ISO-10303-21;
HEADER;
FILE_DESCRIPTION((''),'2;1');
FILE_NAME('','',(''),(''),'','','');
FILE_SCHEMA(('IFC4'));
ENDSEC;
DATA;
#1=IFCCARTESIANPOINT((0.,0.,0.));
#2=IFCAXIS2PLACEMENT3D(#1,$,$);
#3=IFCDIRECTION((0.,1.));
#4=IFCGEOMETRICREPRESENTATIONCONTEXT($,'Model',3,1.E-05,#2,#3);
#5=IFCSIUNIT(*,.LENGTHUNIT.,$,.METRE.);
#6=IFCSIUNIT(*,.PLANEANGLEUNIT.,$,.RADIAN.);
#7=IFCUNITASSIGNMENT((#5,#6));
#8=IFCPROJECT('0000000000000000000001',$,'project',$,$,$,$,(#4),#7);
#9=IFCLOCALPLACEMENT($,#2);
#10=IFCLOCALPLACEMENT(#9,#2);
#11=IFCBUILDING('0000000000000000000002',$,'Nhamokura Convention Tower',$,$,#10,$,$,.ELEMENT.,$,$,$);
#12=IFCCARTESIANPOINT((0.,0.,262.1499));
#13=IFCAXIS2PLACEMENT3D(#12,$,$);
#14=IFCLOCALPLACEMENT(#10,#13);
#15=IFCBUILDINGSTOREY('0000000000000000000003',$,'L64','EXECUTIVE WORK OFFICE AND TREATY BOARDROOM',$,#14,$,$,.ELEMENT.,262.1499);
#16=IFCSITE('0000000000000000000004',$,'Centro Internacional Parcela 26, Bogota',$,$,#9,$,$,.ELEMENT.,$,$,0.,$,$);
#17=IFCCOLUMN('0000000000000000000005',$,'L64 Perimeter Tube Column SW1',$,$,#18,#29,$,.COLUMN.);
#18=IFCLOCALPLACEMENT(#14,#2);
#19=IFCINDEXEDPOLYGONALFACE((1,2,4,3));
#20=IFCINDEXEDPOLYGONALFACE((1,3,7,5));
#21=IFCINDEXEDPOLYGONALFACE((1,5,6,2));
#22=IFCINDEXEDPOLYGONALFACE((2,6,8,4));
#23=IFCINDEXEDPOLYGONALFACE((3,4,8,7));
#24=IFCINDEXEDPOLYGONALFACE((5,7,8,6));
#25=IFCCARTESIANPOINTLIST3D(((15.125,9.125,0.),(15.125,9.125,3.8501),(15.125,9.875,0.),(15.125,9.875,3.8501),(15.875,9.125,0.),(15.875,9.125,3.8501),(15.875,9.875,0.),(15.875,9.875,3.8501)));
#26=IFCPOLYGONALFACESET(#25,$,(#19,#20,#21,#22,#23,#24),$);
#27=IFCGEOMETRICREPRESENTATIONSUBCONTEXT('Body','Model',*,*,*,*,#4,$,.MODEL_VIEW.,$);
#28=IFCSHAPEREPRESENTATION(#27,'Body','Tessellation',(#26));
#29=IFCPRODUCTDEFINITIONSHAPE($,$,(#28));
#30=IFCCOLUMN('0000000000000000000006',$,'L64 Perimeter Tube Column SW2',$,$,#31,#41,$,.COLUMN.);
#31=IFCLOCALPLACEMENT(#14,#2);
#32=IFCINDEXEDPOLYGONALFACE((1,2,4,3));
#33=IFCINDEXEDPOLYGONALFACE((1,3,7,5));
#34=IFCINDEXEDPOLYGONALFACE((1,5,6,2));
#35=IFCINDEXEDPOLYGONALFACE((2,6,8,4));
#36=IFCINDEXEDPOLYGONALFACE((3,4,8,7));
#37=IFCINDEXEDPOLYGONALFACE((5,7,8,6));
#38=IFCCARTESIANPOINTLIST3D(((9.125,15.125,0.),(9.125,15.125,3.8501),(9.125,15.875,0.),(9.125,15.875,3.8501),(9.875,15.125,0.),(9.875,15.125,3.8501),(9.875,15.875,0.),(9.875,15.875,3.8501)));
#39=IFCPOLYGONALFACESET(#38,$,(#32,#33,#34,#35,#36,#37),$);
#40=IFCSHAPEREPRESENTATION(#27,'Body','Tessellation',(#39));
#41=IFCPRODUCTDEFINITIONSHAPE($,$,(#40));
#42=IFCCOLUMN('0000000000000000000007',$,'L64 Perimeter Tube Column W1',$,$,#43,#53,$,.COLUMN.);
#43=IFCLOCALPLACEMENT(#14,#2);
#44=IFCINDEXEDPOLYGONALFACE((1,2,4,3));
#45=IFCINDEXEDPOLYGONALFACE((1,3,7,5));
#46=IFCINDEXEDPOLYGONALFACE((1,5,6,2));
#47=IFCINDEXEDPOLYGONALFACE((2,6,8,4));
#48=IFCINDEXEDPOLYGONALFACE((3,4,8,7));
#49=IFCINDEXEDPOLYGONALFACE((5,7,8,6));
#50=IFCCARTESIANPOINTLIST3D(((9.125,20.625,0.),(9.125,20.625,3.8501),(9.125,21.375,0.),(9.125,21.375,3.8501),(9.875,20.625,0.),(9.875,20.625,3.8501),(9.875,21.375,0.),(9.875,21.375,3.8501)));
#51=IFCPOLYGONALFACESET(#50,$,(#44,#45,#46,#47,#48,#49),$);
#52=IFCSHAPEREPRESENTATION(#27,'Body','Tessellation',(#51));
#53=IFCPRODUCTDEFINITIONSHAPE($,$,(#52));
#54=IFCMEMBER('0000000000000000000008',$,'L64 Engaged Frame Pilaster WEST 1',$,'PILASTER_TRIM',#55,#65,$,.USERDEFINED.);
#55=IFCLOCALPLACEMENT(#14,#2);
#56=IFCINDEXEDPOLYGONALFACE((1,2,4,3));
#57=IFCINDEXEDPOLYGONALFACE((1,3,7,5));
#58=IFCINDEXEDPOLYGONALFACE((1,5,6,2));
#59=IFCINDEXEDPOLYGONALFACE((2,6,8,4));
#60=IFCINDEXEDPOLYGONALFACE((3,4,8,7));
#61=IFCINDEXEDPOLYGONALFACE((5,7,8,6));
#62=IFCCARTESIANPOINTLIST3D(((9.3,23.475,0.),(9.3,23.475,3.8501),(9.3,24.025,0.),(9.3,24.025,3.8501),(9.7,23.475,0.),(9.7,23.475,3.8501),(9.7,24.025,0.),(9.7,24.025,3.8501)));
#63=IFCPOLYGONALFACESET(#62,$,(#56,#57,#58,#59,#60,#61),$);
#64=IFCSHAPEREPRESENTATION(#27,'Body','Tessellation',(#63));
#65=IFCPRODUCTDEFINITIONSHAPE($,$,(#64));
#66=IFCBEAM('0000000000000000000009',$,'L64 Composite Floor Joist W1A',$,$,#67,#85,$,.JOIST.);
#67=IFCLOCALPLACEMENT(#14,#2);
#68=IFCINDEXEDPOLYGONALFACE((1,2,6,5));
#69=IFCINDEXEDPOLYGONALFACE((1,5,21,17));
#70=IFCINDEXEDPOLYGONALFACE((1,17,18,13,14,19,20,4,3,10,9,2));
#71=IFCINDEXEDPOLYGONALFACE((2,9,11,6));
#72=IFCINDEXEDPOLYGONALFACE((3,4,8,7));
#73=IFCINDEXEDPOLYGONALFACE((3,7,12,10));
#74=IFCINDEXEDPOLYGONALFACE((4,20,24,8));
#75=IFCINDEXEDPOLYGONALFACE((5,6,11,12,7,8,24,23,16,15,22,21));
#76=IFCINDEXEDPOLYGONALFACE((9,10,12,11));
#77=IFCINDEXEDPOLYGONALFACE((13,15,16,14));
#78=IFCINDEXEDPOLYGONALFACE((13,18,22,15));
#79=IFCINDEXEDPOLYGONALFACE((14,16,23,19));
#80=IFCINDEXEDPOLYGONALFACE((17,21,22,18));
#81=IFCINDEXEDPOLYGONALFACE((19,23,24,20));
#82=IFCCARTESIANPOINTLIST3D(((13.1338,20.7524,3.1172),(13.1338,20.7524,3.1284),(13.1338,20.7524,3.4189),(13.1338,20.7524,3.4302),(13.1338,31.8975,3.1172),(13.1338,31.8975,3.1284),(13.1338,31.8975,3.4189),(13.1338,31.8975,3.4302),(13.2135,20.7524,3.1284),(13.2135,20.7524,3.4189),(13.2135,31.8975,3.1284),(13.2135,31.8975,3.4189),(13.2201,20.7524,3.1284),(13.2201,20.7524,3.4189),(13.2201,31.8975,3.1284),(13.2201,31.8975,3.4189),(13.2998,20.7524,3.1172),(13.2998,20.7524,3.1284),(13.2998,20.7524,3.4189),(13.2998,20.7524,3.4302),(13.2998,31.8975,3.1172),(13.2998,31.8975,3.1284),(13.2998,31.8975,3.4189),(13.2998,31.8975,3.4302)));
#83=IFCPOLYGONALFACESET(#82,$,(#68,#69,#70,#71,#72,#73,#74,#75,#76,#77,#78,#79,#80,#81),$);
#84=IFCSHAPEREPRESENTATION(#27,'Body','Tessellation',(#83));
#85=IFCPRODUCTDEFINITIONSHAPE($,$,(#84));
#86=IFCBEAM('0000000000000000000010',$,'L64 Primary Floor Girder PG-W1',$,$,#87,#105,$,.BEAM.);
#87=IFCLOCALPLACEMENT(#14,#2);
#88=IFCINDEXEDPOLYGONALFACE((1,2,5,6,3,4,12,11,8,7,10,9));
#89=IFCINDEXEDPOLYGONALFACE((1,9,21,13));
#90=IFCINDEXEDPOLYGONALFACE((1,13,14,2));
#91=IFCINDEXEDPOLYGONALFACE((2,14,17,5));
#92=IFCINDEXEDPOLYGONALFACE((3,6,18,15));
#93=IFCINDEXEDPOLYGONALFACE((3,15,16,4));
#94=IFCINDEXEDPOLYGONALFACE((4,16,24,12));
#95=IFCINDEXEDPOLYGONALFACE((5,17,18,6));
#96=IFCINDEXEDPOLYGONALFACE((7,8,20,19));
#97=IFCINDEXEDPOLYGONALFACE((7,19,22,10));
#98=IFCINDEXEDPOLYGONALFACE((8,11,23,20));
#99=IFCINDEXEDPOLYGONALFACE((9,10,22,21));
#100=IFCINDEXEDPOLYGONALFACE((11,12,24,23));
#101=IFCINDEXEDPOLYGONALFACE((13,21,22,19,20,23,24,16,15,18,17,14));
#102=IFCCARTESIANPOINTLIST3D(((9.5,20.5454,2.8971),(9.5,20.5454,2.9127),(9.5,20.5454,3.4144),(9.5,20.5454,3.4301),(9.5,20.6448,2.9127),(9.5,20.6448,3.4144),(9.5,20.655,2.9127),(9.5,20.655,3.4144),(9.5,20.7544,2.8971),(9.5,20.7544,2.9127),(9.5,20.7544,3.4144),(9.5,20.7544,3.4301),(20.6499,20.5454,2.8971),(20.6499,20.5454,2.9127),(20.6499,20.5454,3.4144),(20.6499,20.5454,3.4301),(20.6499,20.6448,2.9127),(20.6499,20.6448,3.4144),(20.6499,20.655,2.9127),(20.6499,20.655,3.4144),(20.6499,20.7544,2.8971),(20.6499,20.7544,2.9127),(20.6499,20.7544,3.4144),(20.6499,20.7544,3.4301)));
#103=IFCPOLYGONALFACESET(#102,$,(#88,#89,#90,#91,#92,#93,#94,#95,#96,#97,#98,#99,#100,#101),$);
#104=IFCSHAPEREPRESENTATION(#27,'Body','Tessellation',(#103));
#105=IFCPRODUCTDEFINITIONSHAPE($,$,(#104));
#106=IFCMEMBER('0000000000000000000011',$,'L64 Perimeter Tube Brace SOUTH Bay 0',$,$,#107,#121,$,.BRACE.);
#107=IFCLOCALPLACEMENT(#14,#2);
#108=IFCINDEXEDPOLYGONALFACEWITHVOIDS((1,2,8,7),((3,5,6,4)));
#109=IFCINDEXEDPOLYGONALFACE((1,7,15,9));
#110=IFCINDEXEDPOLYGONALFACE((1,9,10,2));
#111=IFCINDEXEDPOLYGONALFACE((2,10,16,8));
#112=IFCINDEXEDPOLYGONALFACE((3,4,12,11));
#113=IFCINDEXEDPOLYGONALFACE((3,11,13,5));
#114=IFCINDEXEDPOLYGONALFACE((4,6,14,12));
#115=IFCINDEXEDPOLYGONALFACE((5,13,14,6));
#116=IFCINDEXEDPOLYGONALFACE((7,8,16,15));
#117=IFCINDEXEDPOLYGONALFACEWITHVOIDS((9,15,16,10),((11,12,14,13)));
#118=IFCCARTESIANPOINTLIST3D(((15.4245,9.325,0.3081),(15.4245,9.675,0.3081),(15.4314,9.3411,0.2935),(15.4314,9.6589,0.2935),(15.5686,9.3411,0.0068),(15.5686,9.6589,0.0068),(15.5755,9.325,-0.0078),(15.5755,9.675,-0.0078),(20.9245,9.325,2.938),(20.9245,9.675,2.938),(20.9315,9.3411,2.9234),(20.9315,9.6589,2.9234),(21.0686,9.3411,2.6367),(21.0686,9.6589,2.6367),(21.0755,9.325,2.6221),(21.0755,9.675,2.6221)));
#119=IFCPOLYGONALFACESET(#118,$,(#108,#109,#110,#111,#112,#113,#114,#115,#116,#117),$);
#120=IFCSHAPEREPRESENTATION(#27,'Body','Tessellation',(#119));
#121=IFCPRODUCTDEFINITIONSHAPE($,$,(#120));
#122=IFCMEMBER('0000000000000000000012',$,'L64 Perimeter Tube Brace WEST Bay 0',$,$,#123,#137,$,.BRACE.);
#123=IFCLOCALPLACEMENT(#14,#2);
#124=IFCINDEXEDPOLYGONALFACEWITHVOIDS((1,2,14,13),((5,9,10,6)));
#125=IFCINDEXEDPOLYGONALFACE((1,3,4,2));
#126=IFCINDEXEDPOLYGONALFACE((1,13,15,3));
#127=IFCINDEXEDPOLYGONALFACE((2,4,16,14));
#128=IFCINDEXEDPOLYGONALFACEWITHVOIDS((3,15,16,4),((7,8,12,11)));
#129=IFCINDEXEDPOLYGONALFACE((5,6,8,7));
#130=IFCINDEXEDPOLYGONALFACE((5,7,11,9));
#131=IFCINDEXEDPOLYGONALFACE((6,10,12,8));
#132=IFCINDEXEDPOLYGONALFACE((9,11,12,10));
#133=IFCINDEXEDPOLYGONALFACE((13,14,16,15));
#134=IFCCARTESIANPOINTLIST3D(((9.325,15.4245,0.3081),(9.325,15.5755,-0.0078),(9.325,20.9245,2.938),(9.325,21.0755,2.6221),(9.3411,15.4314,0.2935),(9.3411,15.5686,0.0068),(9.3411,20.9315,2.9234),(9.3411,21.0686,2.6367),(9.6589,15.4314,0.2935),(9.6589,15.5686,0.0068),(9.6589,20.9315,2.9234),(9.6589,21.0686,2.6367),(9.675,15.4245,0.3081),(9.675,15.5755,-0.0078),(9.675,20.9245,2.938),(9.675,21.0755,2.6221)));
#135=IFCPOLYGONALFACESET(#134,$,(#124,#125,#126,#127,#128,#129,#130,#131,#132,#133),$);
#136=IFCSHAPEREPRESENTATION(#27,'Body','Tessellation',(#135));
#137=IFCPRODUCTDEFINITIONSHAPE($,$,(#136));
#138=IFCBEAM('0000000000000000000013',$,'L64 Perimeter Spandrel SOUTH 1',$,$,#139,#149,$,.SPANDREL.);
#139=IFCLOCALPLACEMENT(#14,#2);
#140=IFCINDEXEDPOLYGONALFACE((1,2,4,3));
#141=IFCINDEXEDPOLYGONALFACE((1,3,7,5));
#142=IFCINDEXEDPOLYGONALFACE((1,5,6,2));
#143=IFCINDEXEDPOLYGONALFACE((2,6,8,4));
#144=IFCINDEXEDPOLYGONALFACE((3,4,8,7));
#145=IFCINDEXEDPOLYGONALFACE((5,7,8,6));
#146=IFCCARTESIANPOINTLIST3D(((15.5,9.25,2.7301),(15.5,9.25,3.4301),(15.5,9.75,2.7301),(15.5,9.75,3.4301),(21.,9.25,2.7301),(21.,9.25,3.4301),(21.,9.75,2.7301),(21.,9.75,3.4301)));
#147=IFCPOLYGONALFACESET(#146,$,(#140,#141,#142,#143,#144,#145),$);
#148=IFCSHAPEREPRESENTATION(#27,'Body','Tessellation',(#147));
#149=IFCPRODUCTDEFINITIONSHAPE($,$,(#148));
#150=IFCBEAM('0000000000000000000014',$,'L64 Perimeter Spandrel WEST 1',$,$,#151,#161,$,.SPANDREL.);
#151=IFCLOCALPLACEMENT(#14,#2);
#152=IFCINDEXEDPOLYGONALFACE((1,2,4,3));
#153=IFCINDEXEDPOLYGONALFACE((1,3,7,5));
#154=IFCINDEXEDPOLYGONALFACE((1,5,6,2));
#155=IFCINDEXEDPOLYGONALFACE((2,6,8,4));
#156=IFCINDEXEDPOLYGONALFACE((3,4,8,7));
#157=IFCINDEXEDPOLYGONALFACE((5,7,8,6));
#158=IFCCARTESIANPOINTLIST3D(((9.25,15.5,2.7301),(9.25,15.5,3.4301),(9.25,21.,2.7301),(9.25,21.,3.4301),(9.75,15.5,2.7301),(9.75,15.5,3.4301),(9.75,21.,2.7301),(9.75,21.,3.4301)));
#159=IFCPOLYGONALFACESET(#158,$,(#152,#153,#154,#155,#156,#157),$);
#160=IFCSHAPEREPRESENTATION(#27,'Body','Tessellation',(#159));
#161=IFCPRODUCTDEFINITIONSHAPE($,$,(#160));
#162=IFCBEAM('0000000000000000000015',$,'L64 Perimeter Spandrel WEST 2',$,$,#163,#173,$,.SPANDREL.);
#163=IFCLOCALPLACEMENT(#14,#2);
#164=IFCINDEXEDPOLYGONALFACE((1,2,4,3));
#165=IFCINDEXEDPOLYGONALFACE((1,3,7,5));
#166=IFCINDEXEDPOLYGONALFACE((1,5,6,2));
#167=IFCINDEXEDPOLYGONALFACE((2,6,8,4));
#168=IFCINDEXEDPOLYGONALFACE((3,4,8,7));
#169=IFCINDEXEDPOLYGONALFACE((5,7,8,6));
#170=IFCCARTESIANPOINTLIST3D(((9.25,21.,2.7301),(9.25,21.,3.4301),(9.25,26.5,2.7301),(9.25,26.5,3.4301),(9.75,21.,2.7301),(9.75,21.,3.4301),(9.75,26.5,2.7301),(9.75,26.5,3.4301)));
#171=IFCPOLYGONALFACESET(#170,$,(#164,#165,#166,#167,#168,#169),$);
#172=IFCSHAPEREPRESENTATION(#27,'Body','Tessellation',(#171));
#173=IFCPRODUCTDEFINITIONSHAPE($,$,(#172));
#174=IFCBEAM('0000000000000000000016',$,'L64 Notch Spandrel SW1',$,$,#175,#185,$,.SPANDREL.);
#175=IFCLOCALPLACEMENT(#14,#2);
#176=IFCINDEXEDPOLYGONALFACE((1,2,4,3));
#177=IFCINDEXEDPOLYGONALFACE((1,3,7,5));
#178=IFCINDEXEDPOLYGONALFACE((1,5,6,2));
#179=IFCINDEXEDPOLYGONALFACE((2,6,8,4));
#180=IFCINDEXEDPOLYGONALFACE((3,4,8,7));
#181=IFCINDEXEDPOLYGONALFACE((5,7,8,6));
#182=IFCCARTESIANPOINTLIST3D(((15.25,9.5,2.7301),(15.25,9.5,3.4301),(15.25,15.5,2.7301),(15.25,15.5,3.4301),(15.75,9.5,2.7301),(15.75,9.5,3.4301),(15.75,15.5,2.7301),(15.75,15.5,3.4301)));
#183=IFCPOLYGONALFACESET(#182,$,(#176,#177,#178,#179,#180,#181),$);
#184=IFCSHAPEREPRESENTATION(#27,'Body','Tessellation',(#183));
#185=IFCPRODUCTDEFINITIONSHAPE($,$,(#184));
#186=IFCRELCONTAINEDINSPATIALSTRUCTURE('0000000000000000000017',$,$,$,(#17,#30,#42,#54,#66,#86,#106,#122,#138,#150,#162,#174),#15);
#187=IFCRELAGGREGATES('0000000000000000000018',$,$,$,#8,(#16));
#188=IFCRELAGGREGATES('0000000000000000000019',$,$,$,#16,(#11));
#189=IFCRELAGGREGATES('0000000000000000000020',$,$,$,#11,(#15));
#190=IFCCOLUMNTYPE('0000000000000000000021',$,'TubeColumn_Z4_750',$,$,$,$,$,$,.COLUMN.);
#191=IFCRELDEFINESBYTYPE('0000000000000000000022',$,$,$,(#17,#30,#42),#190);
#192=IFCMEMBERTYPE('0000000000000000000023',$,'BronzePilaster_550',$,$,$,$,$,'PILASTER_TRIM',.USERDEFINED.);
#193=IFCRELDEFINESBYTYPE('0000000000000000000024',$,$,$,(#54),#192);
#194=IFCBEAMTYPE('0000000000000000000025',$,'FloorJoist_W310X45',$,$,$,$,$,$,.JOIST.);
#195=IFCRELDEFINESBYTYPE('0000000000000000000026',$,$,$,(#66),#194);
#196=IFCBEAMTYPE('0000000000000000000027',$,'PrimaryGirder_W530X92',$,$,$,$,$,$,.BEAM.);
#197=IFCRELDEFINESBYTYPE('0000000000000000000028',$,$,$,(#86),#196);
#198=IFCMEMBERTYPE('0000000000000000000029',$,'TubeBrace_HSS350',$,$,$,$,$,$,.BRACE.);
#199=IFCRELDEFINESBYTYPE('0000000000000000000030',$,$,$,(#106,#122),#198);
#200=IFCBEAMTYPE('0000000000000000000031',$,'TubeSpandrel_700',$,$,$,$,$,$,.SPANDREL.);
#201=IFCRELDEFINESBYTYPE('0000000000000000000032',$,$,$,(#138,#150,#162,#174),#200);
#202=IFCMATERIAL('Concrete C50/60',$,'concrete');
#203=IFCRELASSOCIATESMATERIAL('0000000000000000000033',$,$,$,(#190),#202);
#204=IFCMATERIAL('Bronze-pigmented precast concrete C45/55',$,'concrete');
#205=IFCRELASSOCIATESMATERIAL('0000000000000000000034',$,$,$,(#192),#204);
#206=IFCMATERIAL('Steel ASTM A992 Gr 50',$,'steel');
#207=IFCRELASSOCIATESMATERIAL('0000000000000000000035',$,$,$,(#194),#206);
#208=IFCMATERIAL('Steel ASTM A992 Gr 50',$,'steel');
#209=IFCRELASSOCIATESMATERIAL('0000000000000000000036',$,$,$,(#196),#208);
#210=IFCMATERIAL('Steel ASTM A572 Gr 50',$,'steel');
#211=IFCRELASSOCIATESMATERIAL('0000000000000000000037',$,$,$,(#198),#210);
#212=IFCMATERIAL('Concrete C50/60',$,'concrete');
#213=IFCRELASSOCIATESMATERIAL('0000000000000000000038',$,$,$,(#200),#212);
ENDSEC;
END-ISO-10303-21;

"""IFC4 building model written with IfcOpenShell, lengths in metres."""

from ifc_helpers import new_model, si_unit, direction, frame, origin, origin_2d, place, context, subcontext, project, spatial, rectangle, hollow_rectangle, i_section, extrude, material, material_profile, profile_set, type_object, element, save


model = new_model("IFC4")

# Units and contexts
model_context = context("Model", 3, precision=1e-05, world=origin(), true_north=direction((0.0, 1.0)))
body_context = subcontext(model_context, "Body", "Model", "MODEL_VIEW")
ifc_project = project(units=[si_unit("LENGTHUNIT", "METRE"), si_unit("PLANEANGLEUNIT", "RADIAN")], contexts=[model_context])

# Site, building, storey
site_placement = place(None, origin())
site = spatial("IfcSite", under=ifc_project, at=site_placement, Name="Centro Internacional Parcela 26, Bogota", CompositionType="ELEMENT", RefElevation=0.0)
building_placement = place(site_placement, origin())
building = spatial("IfcBuilding", under=site, at=building_placement, Name="Nhamokura Convention Tower", CompositionType="ELEMENT")
storey_placement = place(building_placement, frame((0.0, 0.0, 262.1499)))
storey = spatial("IfcBuildingStorey", under=building, at=storey_placement, Name="L64", Description="EXECUTIVE WORK OFFICE AND TREATY BOARDROOM", CompositionType="ELEMENT", Elevation=262.1499)

# Columns
ifc_material_1 = material(Name="Concrete C50/60", Category="concrete")
ifc_material_profile_1 = material_profile(ifc_material_1, rectangle(XDim=0.75, YDim=0.75, at=origin_2d()))
ifc_profile_set_1 = profile_set([ifc_material_profile_1], Name="Concrete C50/60")
column_type = type_object("IfcColumnType", Name="TubeColumn_Z4_750", PredefinedType="COLUMN", material=ifc_profile_set_1)
for number, where, z_axis, x_axis, name in (
    (1, (15.5, 9.5, 0.0), (0.0, 0.0, 1.0), (1.0, 0.0, 0.0), "L64 Perimeter Tube Column SW1"),
    (2, (9.5, 15.5, 0.0), (0.0, 0.0, 1.0), (1.0, 0.0, 0.0), "L64 Perimeter Tube Column SW2"),
    (3, (9.5, 21.0, 0.0), (0.0, 0.0, 1.0), (1.0, 0.0, 0.0), "L64 Perimeter Tube Column W1"),
):
    element("IfcColumn", number, at=place(storey_placement, frame(where, z_axis=z_axis, x_axis=x_axis)), inside=storey, type_object=column_type, Name=name, PredefinedType="COLUMN", context=body_context, shape_type="SweptSolid", body=[
        extrude(rectangle(XDim=0.75, YDim=0.75, at=origin_2d()), origin(), (0.0, 0.0, 1.0), 3.8501),
    ])

# Member
ifc_material_2 = material(Name="Bronze-pigmented precast concrete C45/55", Category="concrete")
ifc_material_profile_2 = material_profile(ifc_material_2, rectangle(XDim=0.3999, YDim=0.55, at=origin_2d()))
ifc_profile_set_2 = profile_set([ifc_material_profile_2], Name="Bronze-pigmented precast concrete C45/55")
member_type_1 = type_object("IfcMemberType", Name="BronzePilaster_550", ElementType="PILASTER_TRIM", PredefinedType="USERDEFINED", material=ifc_profile_set_2)
member_placement = place(storey_placement, frame((9.5, 23.75, 0.0), z_axis=(0.0, 0.0, 1.0), x_axis=(1.0, 0.0, 0.0)))
element("IfcMember", 4, at=member_placement, inside=storey, type_object=member_type_1, Name="L64 Engaged Frame Pilaster WEST 1", ObjectType="PILASTER_TRIM", PredefinedType="USERDEFINED", context=body_context, shape_type="SweptSolid", body=[
    extrude(rectangle(XDim=0.3999, YDim=0.55, at=origin_2d()), origin(), (0.0, 0.0, 1.0), 3.8501),
])

# Beams
ifc_material_3 = material(Name="Steel ASTM A992 Gr 50", Category="steel")
ifc_material_profile_3 = material_profile(ifc_material_3, i_section(OverallWidth=0.166, OverallDepth=0.313, WebThickness=0.0066, FlangeThickness=0.0112, at=origin_2d()))
ifc_profile_set_3 = profile_set([ifc_material_profile_3], Name="Steel ASTM A992 Gr 50")
beam_type_1 = type_object("IfcBeamType", Name="FloorJoist_W310X45", PredefinedType="JOIST", material=ifc_profile_set_3)
beam_1_placement = place(storey_placement, frame((13.2168, 20.7524, 3.2737), z_axis=(0.0, 1.0, 0.0), x_axis=(-1.0, 0.0, 0.0)))
element("IfcBeam", 5, at=beam_1_placement, inside=storey, type_object=beam_type_1, Name="L64 Composite Floor Joist W1A", PredefinedType="JOIST", context=body_context, shape_type="SweptSolid", body=[
    extrude(i_section(OverallWidth=0.166, OverallDepth=0.313, WebThickness=0.0066, FlangeThickness=0.0112, at=origin_2d()), origin(), (0.0, 0.0, 1.0), 11.145),
])
ifc_material_4 = material(Name="Steel ASTM A992 Gr 50", Category="steel")
ifc_material_profile_4 = material_profile(ifc_material_4, i_section(OverallWidth=0.209, OverallDepth=0.533, WebThickness=0.0103, FlangeThickness=0.0156, at=origin_2d()))
ifc_profile_set_4 = profile_set([ifc_material_profile_4], Name="Steel ASTM A992 Gr 50")
beam_type_2 = type_object("IfcBeamType", Name="PrimaryGirder_W530X92", PredefinedType="BEAM", material=ifc_profile_set_4)
beam_2_placement = place(storey_placement, frame((9.5, 20.6499, 3.1636), z_axis=(1.0, 0.0, 0.0), x_axis=(0.0, 1.0, 0.0)))
element("IfcBeam", 6, at=beam_2_placement, inside=storey, type_object=beam_type_2, Name="L64 Primary Floor Girder PG-W1", PredefinedType="BEAM", context=body_context, shape_type="SweptSolid", body=[
    extrude(i_section(OverallWidth=0.209, OverallDepth=0.533, WebThickness=0.0103, FlangeThickness=0.0156, at=origin_2d()), origin(), (0.0, 0.0, 1.0), 11.1499),
])

# Members
ifc_material_5 = material(Name="Steel ASTM A572 Gr 50", Category="steel")
ifc_material_profile_5 = material_profile(ifc_material_5, hollow_rectangle(XDim=0.3501, YDim=0.3501, WallThickness=0.0161, at=origin_2d()))
ifc_profile_set_5 = profile_set([ifc_material_profile_5], Name="Steel ASTM A572 Gr 50")
member_type_2 = type_object("IfcMemberType", Name="TubeBrace_HSS350", PredefinedType="BRACE", material=ifc_profile_set_5)
for number, where, z_axis, x_axis, name in (
    (7, (15.5, 9.5, 0.1501), (0.902169, 0.0, 0.431382), (0.0, 1.0, 0.0), "L64 Perimeter Tube Brace SOUTH Bay 0"),
    (8, (9.5, 15.5, 0.1501), (0.0, 0.902169, 0.431382), (-1.0, 0.0, 0.0), "L64 Perimeter Tube Brace WEST Bay 0"),
):
    element("IfcMember", number, at=place(storey_placement, frame(where, z_axis=z_axis, x_axis=x_axis)), inside=storey, type_object=member_type_2, Name=name, PredefinedType="BRACE", context=body_context, shape_type="SweptSolid", body=[
        extrude(hollow_rectangle(XDim=0.3501, YDim=0.3501, WallThickness=0.0161, at=origin_2d()), origin(), (0.0, 0.0, 1.0), 6.0964),
    ])

# Beams
ifc_material_6 = material(Name="Concrete C50/60", Category="concrete")
ifc_material_profile_6 = material_profile(ifc_material_6, rectangle(XDim=0.5, YDim=0.7, at=origin_2d()))
ifc_profile_set_6 = profile_set([ifc_material_profile_6], Name="Concrete C50/60")
beam_type_3 = type_object("IfcBeamType", Name="TubeSpandrel_700", PredefinedType="SPANDREL", material=ifc_profile_set_6)
for number, where, z_axis, x_axis, name in (
    (9, (15.5, 9.5, 3.0801), (1.0, 0.0, 0.0), (0.0, 1.0, 0.0), "L64 Perimeter Spandrel SOUTH 1"),
    (10, (9.5, 15.5, 3.0801), (0.0, 1.0, 0.0), (-1.0, 0.0, 0.0), "L64 Perimeter Spandrel WEST 1"),
    (11, (9.5, 21.0, 3.0801), (0.0, 1.0, 0.0), (-1.0, 0.0, 0.0), "L64 Perimeter Spandrel WEST 2"),
):
    element("IfcBeam", number, at=place(storey_placement, frame(where, z_axis=z_axis, x_axis=x_axis)), inside=storey, type_object=beam_type_3, Name=name, PredefinedType="SPANDREL", context=body_context, shape_type="SweptSolid", body=[
        extrude(rectangle(XDim=0.5, YDim=0.7, at=origin_2d()), origin(), (0.0, 0.0, 1.0), 5.5),
    ])
beam_3_placement = place(storey_placement, frame((15.5, 9.5, 3.0801), z_axis=(0.0, 1.0, 0.0), x_axis=(-1.0, 0.0, 0.0)))
element("IfcBeam", 12, at=beam_3_placement, inside=storey, type_object=beam_type_3, Name="L64 Notch Spandrel SW1", PredefinedType="SPANDREL", context=body_context, shape_type="SweptSolid", body=[
    extrude(rectangle(XDim=0.5, YDim=0.7, at=origin_2d()), origin(), (0.0, 0.0, 1.0), 6.0),
])

save(model, "model.ifc")
